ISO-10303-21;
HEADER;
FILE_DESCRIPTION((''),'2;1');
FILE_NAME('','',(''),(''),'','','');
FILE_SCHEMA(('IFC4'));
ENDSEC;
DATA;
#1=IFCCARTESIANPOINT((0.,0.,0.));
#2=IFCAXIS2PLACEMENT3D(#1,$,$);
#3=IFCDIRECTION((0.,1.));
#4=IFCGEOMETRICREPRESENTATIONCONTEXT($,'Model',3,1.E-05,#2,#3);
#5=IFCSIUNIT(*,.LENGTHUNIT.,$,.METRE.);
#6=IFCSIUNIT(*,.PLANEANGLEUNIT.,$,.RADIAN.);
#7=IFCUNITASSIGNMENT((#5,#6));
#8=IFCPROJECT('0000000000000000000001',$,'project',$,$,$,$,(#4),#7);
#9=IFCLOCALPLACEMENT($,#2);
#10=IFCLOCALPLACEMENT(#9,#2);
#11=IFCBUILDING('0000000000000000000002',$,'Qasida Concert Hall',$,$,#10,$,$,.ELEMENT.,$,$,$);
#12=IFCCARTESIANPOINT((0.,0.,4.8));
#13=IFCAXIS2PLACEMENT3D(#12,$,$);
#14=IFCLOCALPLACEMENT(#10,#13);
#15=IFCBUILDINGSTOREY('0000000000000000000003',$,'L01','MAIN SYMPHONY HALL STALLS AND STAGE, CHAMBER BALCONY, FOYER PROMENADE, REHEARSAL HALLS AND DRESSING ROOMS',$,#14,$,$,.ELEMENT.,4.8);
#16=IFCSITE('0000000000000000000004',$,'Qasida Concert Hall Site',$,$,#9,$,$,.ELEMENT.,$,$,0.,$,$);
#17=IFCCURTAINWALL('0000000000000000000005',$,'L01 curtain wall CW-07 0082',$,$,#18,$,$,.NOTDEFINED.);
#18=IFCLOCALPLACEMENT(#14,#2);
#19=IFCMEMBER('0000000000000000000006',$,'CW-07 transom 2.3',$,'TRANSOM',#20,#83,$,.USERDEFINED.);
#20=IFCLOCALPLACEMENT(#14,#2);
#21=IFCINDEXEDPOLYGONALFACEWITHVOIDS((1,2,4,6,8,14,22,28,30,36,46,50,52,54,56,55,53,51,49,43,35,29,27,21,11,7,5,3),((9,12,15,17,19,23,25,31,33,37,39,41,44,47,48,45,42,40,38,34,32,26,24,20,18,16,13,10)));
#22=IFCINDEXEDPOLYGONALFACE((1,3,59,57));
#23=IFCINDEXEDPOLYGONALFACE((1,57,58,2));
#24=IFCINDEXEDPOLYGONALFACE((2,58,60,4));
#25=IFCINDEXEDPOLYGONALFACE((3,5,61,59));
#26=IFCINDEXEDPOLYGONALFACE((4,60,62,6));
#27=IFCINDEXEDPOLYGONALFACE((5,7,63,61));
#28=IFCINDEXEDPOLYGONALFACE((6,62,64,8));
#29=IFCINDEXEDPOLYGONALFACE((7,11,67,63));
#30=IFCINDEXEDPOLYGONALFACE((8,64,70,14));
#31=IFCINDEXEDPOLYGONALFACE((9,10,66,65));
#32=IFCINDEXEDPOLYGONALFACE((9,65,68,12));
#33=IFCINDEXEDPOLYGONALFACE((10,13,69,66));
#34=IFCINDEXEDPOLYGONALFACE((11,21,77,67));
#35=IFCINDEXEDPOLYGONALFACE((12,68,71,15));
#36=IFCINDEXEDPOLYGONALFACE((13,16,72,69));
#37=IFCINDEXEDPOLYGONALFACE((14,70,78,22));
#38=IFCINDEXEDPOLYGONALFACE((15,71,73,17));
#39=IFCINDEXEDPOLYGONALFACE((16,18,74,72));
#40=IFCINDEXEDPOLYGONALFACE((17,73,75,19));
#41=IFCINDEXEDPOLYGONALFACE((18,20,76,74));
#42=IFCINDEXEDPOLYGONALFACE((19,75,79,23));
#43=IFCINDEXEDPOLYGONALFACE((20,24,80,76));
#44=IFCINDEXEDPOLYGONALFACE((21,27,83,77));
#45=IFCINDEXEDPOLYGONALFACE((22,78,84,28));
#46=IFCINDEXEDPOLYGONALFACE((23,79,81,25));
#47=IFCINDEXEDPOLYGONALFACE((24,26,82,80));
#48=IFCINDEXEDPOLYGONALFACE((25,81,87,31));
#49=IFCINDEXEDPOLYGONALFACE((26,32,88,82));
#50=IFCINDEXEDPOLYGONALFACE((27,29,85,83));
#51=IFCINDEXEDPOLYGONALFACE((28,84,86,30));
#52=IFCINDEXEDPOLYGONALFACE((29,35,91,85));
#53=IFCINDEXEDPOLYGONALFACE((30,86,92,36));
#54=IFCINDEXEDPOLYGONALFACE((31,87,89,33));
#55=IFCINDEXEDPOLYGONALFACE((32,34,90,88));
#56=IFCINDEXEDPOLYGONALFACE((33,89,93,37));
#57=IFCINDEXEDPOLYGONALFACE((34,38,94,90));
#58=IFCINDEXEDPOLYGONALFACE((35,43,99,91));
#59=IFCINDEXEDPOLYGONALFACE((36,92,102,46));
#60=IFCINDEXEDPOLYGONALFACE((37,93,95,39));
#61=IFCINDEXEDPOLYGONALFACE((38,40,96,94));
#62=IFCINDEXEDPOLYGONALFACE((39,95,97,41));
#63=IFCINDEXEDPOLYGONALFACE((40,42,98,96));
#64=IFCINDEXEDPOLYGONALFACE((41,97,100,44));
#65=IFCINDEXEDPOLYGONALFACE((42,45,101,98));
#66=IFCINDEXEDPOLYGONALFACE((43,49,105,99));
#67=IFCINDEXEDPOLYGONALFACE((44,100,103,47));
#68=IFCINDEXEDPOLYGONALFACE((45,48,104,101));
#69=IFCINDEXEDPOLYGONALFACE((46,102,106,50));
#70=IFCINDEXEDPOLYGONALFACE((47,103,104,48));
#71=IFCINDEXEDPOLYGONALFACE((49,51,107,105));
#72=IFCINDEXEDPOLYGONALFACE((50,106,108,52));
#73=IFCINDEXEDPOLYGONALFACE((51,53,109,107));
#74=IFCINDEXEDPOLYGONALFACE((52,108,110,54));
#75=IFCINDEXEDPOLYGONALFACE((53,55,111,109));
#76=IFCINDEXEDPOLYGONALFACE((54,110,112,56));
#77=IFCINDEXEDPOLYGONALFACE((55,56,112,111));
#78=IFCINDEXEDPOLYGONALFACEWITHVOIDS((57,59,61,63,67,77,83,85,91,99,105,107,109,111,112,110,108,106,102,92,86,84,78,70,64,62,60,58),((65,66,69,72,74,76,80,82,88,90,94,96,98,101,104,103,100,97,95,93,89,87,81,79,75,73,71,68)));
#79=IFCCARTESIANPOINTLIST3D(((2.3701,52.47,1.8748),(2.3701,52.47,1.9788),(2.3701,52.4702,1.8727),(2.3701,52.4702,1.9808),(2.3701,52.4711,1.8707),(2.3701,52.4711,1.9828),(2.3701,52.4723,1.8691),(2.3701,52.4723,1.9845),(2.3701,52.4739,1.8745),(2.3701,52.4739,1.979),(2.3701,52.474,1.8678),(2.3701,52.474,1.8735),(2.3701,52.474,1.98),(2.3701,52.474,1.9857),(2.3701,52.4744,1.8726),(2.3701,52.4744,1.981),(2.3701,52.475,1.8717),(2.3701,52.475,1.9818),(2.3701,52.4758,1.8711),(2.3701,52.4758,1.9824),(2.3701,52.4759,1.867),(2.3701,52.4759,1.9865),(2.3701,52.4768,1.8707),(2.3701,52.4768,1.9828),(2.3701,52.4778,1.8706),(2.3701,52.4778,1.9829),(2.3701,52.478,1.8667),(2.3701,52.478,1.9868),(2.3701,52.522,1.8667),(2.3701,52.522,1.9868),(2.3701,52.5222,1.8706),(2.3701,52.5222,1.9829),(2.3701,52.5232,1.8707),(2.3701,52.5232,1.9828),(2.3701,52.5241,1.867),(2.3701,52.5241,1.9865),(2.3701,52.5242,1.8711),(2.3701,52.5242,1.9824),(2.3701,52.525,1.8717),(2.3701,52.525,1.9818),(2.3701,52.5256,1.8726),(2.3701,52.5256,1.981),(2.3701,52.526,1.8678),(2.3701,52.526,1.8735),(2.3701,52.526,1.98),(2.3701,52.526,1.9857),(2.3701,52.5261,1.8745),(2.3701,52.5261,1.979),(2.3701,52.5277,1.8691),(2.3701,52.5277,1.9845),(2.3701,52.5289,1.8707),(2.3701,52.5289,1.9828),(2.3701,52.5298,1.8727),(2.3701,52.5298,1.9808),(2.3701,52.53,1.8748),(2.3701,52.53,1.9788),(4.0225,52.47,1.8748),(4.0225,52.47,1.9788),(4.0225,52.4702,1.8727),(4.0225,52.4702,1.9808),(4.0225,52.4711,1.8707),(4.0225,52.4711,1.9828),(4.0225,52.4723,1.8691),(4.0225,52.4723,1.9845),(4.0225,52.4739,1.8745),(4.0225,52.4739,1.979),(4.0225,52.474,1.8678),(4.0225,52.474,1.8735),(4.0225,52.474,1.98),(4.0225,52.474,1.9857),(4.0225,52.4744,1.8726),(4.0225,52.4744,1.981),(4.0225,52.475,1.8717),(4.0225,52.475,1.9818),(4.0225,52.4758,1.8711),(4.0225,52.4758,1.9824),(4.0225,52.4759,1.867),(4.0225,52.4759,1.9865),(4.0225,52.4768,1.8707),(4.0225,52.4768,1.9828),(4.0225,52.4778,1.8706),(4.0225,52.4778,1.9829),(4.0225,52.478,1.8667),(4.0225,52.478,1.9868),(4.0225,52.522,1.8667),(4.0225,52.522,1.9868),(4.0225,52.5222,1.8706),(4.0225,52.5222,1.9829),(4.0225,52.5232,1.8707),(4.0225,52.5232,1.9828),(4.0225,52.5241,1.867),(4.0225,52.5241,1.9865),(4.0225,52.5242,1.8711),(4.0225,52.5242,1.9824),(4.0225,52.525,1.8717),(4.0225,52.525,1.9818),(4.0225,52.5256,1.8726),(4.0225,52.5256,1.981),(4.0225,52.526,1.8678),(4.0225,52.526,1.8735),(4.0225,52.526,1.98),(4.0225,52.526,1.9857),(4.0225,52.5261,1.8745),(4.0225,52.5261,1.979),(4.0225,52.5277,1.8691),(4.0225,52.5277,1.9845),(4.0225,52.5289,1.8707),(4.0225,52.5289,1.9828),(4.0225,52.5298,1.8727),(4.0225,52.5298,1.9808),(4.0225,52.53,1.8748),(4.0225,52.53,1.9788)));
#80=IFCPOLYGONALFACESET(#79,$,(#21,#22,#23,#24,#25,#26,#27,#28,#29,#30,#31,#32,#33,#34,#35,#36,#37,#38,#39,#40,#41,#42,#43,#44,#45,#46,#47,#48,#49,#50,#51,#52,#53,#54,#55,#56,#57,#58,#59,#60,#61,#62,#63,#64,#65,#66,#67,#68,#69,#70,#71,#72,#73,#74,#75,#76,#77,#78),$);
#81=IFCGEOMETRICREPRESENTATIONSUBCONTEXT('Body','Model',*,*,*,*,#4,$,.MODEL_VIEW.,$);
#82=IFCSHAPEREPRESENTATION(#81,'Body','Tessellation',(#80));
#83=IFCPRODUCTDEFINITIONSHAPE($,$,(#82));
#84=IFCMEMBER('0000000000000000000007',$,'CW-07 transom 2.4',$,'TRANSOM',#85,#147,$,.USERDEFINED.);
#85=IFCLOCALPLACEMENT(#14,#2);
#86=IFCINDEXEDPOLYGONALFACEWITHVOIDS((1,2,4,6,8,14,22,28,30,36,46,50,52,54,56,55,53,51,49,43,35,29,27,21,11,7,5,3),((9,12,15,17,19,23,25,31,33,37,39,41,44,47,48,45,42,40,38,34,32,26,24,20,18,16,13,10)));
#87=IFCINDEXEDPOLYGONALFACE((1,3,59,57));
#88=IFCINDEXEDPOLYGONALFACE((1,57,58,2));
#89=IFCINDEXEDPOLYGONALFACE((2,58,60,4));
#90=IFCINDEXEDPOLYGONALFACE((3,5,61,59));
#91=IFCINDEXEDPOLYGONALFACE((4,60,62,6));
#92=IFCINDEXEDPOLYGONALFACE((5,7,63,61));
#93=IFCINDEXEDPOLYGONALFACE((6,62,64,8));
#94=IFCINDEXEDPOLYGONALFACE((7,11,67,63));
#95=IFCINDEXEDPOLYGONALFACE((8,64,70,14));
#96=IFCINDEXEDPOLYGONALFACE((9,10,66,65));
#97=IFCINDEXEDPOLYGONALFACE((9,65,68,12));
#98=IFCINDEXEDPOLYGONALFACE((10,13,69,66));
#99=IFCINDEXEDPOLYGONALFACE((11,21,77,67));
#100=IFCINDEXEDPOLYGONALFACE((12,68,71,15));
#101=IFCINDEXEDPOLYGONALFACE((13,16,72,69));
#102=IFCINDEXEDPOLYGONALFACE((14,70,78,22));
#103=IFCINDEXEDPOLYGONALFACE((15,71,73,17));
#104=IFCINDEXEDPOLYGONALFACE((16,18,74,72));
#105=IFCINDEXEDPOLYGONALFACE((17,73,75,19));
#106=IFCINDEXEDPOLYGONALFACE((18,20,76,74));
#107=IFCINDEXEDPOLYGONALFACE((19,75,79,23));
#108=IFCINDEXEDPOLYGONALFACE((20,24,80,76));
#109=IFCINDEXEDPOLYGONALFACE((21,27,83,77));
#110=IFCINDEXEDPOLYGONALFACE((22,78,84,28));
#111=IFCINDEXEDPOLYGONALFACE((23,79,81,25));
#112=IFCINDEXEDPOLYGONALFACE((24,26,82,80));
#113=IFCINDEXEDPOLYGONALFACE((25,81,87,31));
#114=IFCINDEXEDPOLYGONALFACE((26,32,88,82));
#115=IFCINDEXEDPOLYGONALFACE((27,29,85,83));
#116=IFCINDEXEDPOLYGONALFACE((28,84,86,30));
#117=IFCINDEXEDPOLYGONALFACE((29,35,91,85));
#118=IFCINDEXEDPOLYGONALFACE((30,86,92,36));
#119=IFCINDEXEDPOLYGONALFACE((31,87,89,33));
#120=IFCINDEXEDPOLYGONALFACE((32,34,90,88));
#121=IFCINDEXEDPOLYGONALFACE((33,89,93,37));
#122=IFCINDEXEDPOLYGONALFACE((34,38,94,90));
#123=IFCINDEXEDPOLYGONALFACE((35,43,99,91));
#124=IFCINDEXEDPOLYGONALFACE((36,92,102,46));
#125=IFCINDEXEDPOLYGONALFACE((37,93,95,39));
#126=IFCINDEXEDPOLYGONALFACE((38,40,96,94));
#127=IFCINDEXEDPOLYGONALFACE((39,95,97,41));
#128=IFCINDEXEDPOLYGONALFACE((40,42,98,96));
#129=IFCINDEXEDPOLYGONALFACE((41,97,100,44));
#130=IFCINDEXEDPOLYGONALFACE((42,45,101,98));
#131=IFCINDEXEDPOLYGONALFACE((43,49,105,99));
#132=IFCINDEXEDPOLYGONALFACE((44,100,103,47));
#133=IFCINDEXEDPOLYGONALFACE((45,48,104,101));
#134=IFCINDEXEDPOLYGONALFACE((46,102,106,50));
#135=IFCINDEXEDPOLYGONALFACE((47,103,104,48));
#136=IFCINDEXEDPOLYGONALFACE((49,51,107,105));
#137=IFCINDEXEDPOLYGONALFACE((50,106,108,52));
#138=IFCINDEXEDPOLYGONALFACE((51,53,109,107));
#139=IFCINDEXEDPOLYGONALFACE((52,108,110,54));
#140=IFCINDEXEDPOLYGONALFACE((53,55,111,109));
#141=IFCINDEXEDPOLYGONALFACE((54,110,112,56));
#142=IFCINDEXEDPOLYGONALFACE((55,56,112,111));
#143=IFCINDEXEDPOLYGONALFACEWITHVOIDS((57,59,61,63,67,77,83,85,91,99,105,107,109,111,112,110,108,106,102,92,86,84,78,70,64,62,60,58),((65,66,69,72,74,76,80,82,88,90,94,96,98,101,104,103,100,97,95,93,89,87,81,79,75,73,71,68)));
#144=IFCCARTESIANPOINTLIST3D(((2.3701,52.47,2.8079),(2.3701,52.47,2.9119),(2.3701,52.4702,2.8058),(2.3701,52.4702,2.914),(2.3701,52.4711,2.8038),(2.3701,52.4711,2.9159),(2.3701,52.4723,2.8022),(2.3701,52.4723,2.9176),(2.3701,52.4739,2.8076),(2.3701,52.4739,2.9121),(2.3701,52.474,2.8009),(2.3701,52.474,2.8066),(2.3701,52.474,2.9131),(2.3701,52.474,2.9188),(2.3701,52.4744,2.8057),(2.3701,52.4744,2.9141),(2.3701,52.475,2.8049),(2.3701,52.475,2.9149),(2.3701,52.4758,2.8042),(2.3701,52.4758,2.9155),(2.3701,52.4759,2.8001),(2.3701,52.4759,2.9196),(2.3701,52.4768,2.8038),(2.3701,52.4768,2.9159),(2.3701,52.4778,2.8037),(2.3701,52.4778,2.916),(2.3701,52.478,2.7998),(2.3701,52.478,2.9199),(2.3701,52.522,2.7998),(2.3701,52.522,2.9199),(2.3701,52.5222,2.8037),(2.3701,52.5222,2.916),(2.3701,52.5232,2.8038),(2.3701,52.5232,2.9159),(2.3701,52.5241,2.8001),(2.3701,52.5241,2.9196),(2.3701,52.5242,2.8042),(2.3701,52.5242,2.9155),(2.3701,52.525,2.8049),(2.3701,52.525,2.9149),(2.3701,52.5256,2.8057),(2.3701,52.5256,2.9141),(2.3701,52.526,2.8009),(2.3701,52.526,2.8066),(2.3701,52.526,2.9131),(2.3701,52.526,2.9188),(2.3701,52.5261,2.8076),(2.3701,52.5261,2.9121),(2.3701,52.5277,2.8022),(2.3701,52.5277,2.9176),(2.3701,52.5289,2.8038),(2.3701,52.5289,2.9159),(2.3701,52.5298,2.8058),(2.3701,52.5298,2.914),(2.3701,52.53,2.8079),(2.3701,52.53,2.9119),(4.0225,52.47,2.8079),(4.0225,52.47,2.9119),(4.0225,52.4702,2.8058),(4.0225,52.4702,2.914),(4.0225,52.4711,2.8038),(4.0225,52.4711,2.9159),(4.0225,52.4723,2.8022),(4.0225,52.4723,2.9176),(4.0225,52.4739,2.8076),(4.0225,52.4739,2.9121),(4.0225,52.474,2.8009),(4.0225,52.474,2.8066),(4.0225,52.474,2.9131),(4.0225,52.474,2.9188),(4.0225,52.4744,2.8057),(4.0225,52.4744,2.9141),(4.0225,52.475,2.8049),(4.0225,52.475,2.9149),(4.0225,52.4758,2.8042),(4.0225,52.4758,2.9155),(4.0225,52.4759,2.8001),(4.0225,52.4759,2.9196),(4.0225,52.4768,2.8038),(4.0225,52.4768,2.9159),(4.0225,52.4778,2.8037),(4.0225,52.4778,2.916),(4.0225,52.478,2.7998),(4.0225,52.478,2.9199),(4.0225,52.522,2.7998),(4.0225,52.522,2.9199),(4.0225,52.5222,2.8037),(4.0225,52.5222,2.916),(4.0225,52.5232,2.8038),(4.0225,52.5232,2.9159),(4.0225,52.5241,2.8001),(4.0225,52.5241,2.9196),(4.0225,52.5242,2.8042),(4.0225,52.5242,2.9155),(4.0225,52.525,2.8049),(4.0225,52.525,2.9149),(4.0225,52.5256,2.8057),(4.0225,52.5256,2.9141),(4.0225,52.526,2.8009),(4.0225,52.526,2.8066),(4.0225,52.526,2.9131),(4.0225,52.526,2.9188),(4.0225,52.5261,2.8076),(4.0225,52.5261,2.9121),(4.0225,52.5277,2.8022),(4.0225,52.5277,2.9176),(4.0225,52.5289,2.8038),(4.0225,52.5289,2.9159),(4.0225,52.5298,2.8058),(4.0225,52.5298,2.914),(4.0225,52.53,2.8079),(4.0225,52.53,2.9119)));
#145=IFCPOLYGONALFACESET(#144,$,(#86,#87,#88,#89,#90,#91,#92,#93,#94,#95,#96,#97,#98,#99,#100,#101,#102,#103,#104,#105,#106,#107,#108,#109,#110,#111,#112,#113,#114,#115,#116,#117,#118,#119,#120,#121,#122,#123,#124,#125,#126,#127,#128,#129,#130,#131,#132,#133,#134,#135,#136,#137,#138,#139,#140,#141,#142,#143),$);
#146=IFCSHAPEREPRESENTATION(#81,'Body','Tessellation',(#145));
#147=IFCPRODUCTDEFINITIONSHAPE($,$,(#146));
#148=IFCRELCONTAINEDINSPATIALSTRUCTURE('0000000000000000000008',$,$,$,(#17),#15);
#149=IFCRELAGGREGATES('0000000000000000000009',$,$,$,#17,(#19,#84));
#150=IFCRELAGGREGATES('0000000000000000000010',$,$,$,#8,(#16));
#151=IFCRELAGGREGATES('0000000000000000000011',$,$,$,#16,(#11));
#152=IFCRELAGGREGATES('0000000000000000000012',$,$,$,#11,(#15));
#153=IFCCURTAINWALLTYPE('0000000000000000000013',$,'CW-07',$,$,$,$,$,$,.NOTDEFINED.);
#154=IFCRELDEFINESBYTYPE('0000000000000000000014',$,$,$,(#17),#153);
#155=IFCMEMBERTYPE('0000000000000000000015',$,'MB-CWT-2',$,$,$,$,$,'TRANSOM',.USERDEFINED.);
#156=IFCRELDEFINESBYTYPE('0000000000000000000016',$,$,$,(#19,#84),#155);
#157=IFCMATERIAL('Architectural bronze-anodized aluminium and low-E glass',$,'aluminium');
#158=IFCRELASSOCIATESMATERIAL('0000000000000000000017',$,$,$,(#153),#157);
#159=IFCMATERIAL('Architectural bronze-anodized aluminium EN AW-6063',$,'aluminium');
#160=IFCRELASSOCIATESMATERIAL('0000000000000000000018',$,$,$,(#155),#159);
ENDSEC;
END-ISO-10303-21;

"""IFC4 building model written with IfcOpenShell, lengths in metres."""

from ifc_helpers import new_model, si_unit, direction, frame, origin, origin_2d, place, context, subcontext, project, spatial, hollow_rectangle, extrude, material, material_profile, profile_set, type_object, element, aggregate, save


model = new_model("IFC4")

# Units and contexts
model_context = context("Model", 3, precision=1e-05, world=origin(), true_north=direction((0.0, 1.0)))
body_context = subcontext(model_context, "Body", "Model", "MODEL_VIEW")
ifc_project = project(units=[si_unit("LENGTHUNIT", "METRE"), si_unit("PLANEANGLEUNIT", "RADIAN")], contexts=[model_context])

# Site, building, storey
site_placement = place(None, origin())
site = spatial("IfcSite", under=ifc_project, at=site_placement, Name="Qasida Concert Hall Site", CompositionType="ELEMENT", RefElevation=0.0)
building_placement = place(site_placement, origin())
building = spatial("IfcBuilding", under=site, at=building_placement, Name="Qasida Concert Hall", CompositionType="ELEMENT")
storey_placement = place(building_placement, frame((0.0, 0.0, 4.8)))
storey = spatial("IfcBuildingStorey", under=building, at=storey_placement, Name="L01", Description="MAIN SYMPHONY HALL STALLS AND STAGE, CHAMBER BALCONY, FOYER PROMENADE, REHEARSAL HALLS AND DRESSING ROOMS", CompositionType="ELEMENT", Elevation=4.8)

# Curtain wall, members
ifc_material_1 = material(Name="Architectural bronze-anodized aluminium and low-E glass", Category="aluminium")
curtain_wall_type = type_object("IfcCurtainWallType", Name="CW-07", PredefinedType="NOTDEFINED", material=ifc_material_1)
curtain_wall_placement = place(storey_placement, origin())
curtain_wall = element("IfcCurtainWall", 1, at=curtain_wall_placement, inside=storey, type_object=curtain_wall_type, Name="L01 curtain wall CW-07 0082", PredefinedType="NOTDEFINED")
ifc_material_2 = material(Name="Architectural bronze-anodized aluminium EN AW-6063", Category="aluminium")
ifc_material_profile_1 = material_profile(ifc_material_2, hollow_rectangle(XDim=0.0601, YDim=0.1201, WallThickness=0.0039, InnerFilletRadius=0.0039, OuterFilletRadius=0.0081, at=origin_2d()), Name="CWT 120x60x4")
ifc_profile_set_1 = profile_set([ifc_material_profile_1], Name="Architectural bronze-anodized aluminium EN AW-6063")
member_type_1 = type_object("IfcMemberType", Name="MB-CWT-2", ElementType="TRANSOM", PredefinedType="USERDEFINED", material=ifc_profile_set_1)
member_1_placement = place(storey_placement, frame((2.3701, 52.5, 1.9268), z_axis=(1.0, 0.0, 0.0), x_axis=(0.0, 1.0, 0.0)))
member_1 = element("IfcMember", 2, at=member_1_placement, type_object=member_type_1, Name="CW-07 transom 2.3", ObjectType="TRANSOM", PredefinedType="USERDEFINED", context=body_context, shape_type="SweptSolid", body=[
    extrude(hollow_rectangle(XDim=0.0601, YDim=0.1201, WallThickness=0.0039, InnerFilletRadius=0.0039, OuterFilletRadius=0.0081, at=origin_2d()), origin(), (0.0, 0.0, 1.0), 1.6523),
])
member_2_placement = place(storey_placement, frame((2.3701, 52.5, 2.8599), z_axis=(1.0, 0.0, 0.0), x_axis=(0.0, 1.0, 0.0)))
member_2 = element("IfcMember", 3, at=member_2_placement, type_object=member_type_1, Name="CW-07 transom 2.4", ObjectType="TRANSOM", PredefinedType="USERDEFINED", context=body_context, shape_type="SweptSolid", body=[
    extrude(hollow_rectangle(XDim=0.0601, YDim=0.1201, WallThickness=0.0039, InnerFilletRadius=0.0039, OuterFilletRadius=0.0081, at=origin_2d()), origin(), (0.0, 0.0, 1.0), 1.6523),
])
aggregate(curtain_wall, [member_1, member_2])

save(model, "model.ifc")
